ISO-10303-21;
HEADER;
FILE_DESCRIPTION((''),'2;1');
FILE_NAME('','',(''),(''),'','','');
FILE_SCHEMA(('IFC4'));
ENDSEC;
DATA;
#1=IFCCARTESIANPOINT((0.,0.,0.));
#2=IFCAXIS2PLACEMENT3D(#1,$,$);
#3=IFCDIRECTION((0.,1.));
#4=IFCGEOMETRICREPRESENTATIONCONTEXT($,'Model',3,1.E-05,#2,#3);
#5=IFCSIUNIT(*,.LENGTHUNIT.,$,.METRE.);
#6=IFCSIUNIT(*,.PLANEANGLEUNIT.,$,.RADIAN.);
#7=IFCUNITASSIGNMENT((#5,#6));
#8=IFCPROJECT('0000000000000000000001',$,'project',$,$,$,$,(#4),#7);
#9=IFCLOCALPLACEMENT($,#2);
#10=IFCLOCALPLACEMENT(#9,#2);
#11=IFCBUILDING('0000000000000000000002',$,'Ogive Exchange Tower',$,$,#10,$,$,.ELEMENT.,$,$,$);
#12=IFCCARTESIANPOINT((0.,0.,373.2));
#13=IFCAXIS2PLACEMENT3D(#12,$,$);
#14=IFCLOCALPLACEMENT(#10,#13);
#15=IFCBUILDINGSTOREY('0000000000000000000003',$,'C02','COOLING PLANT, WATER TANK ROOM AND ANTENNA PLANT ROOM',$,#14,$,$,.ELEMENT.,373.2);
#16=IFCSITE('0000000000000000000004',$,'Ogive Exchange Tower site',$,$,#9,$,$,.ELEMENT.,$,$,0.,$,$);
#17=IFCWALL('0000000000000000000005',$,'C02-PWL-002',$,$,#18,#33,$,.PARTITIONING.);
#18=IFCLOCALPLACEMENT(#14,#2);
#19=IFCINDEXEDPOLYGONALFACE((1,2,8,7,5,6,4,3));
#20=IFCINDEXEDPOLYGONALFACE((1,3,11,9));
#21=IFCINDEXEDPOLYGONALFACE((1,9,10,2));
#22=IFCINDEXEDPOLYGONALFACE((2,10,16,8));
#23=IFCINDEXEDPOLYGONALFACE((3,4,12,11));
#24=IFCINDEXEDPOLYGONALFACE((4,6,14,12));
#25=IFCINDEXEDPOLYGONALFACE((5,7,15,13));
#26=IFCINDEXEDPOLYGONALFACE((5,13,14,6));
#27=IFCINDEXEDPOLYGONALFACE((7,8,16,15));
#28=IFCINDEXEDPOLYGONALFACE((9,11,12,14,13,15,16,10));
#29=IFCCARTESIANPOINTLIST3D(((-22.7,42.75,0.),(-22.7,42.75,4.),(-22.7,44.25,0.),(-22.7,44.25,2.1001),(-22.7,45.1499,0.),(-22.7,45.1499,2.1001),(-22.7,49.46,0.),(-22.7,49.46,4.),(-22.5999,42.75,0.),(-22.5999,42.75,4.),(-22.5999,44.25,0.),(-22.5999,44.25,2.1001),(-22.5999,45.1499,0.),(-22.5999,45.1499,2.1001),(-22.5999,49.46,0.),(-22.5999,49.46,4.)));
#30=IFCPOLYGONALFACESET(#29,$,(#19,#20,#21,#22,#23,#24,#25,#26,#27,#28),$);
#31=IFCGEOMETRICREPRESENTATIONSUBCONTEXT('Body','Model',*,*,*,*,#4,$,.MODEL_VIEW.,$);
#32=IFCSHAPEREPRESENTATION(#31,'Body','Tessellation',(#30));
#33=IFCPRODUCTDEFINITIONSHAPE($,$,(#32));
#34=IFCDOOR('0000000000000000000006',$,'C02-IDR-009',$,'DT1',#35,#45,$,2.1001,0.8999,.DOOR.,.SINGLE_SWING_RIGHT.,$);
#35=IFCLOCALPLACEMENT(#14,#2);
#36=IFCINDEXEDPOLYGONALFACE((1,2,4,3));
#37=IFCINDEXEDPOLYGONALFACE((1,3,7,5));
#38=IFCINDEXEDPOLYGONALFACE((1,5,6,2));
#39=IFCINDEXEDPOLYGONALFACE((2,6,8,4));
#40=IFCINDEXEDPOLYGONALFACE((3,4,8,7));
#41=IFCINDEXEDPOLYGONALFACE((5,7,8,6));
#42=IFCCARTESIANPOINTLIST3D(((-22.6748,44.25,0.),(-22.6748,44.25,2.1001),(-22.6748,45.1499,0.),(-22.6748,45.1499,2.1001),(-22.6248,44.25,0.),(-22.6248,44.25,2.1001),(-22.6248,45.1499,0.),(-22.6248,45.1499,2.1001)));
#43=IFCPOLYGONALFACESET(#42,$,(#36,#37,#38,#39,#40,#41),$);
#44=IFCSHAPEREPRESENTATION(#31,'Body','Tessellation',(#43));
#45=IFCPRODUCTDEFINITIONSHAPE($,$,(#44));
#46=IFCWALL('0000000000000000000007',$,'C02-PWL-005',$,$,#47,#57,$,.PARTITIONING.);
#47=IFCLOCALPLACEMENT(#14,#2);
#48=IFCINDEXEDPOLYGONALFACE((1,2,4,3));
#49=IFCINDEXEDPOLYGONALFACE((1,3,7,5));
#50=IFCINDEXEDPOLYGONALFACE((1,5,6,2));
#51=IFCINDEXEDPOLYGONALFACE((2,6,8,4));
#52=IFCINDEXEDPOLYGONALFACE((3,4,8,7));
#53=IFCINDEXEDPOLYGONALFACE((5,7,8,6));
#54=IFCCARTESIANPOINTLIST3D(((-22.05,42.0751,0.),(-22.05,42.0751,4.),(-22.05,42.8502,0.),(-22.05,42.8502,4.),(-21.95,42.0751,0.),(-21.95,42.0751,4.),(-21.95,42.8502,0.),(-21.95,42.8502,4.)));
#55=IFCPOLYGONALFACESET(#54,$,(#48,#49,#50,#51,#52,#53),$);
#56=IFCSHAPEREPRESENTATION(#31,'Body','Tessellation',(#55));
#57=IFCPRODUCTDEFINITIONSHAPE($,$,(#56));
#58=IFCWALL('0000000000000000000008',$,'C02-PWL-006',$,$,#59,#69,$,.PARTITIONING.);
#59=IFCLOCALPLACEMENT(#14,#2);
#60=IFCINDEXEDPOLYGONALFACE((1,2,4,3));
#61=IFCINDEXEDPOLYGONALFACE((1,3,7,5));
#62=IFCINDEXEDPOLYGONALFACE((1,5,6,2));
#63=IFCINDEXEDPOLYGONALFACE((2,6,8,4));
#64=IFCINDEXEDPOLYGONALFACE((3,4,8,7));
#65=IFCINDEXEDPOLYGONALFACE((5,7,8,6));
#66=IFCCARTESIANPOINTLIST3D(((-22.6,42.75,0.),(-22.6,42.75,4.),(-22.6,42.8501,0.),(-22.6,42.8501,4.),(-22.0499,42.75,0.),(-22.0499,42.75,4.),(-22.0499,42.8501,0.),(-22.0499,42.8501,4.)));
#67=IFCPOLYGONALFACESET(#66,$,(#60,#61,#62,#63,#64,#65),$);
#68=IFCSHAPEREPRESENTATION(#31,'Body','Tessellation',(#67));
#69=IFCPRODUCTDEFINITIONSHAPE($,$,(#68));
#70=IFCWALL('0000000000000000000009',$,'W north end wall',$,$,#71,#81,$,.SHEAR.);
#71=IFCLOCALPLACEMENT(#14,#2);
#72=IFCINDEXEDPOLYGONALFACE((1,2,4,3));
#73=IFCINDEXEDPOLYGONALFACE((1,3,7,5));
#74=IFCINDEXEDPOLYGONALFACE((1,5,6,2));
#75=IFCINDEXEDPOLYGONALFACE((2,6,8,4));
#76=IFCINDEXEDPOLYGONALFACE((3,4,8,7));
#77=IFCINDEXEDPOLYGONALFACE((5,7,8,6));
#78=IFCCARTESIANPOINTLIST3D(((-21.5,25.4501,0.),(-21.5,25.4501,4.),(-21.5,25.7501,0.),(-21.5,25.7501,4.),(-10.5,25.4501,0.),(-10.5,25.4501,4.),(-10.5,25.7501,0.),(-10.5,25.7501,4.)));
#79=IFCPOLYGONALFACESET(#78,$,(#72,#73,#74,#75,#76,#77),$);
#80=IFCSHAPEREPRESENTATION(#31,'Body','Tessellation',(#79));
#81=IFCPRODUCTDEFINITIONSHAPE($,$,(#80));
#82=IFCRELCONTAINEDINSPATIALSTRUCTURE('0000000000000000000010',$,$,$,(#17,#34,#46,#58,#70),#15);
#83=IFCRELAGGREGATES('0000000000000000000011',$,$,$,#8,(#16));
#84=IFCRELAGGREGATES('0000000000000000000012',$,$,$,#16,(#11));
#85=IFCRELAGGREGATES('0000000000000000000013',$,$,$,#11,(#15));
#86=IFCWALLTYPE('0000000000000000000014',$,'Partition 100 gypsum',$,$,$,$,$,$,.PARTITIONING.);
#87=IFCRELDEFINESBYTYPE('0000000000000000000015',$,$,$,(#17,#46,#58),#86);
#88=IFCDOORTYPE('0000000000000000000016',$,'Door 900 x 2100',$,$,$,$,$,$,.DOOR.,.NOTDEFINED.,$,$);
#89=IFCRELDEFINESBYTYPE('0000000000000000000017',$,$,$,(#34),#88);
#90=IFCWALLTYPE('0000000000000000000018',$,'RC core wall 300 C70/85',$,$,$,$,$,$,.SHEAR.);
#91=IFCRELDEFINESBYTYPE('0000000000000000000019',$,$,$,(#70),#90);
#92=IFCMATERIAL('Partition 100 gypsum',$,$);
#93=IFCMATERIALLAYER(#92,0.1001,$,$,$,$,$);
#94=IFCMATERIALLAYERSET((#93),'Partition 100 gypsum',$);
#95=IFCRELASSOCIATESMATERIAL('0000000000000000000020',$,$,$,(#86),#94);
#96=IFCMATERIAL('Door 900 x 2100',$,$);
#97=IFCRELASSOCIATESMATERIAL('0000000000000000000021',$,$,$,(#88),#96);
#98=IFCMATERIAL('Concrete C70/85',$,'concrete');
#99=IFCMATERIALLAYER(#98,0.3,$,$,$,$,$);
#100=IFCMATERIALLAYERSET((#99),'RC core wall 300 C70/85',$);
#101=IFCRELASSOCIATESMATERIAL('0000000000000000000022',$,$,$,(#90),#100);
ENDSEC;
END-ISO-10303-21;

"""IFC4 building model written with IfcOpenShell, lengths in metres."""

from ifc_helpers import new_model, si_unit, direction, frame, frame_2d, origin, place, context, subcontext, project, spatial, rectangle, extrude, material, layer, layer_set, type_object, element, fill, save


model = new_model("IFC4")

# Units and contexts
model_context = context("Model", 3, precision=1e-05, world=origin(), true_north=direction((0.0, 1.0)))
body_context = subcontext(model_context, "Body", "Model", "MODEL_VIEW")
ifc_project = project(units=[si_unit("LENGTHUNIT", "METRE"), si_unit("PLANEANGLEUNIT", "RADIAN")], contexts=[model_context])

# Site, building, storey
site_placement = place(None, origin())
site = spatial("IfcSite", under=ifc_project, at=site_placement, Name="Ogive Exchange Tower site", CompositionType="ELEMENT", RefElevation=0.0)
building_placement = place(site_placement, origin())
building = spatial("IfcBuilding", under=site, at=building_placement, Name="Ogive Exchange Tower", CompositionType="ELEMENT")
storey_placement = place(building_placement, frame((0.0, 0.0, 373.2)))
storey = spatial("IfcBuildingStorey", under=building, at=storey_placement, Name="C02", Description="COOLING PLANT, WATER TANK ROOM AND ANTENNA PLANT ROOM", CompositionType="ELEMENT", Elevation=373.2)

# Wall, opening, door
ifc_material_1 = material(Name="Partition 100 gypsum")
ifc_layer_1 = layer(ifc_material_1, 0.1001)
ifc_layer_set_1 = layer_set([ifc_layer_1], Name="Partition 100 gypsum")
wall_type_1 = type_object("IfcWallType", Name="Partition 100 gypsum", PredefinedType="PARTITIONING", material=ifc_layer_set_1)
wall_1_placement = place(storey_placement, frame((-22.6499, 42.75, 0.0), z_axis=(0.0, 0.0, 1.0), x_axis=(0.0, 1.0, 0.0)))
wall_1 = element("IfcWall", 1, at=wall_1_placement, inside=storey, type_object=wall_type_1, Name="C02-PWL-002", PredefinedType="PARTITIONING", context=body_context, shape_type="SweptSolid", body=[
    extrude(rectangle(XDim=6.71, YDim=0.1001, at=frame_2d((3.355, 0.0))), origin(), (0.0, 0.0, 1.0), 4.0),
])
opening_1_placement = place(wall_1_placement, frame((1.5, 0.0, 0.0)))
opening_1 = element("IfcOpeningElement", 2, at=opening_1_placement, cuts=wall_1, PredefinedType="OPENING", context=body_context, shape_type="SweptSolid", body=[
    extrude(rectangle(XDim=0.8999, YDim=2.1001, at=frame_2d((0.45, 1.05))), frame((0.0, 0.0601, 0.0), z_axis=(0.0, -1.0, 0.0), x_axis=(1.0, 0.0, 0.0)), (0.0, 0.0, 1.0), 0.1201),
])
ifc_material_2 = material(Name="Door 900 x 2100")
door_type_1 = type_object("IfcDoorType", Name="Door 900 x 2100", OperationType="NOTDEFINED", PredefinedType="DOOR", material=ifc_material_2)
door_1_placement = place(opening_1_placement, origin())
door_1 = element("IfcDoor", 3, at=door_1_placement, inside=storey, type_object=door_type_1, Name="C02-IDR-009", ObjectType="DT1", OperationType="SINGLE_SWING_RIGHT", OverallHeight=2.1001, OverallWidth=0.8999, PredefinedType="DOOR", context=body_context, shape_type="SweptSolid", body=[
    extrude(rectangle(XDim=0.8999, YDim=2.1001, at=frame_2d((0.45, 1.05))), frame((0.0, 0.0249, 0.0), z_axis=(0.0, -1.0, 0.0), x_axis=(1.0, 0.0, 0.0)), (0.0, 0.0, 1.0), 0.05),
])
fill(opening_1, door_1)

# Walls
wall_2_placement = place(storey_placement, frame((-22.0, 42.075, 0.0), z_axis=(0.0, 0.0, 1.0), x_axis=(0.0, 1.0, 0.0)))
element("IfcWall", 4, at=wall_2_placement, inside=storey, type_object=wall_type_1, Name="C02-PWL-005", PredefinedType="PARTITIONING", context=body_context, shape_type="SweptSolid", body=[
    extrude(rectangle(XDim=0.7751, YDim=0.1001, at=frame_2d((0.3877, 0.0))), origin(), (0.0, 0.0, 1.0), 4.0),
])
wall_3_placement = place(storey_placement, frame((-22.05, 42.8, 0.0), z_axis=(0.0, 0.0, 1.0), x_axis=(-1.0, 0.0, 0.0)))
element("IfcWall", 5, at=wall_3_placement, inside=storey, type_object=wall_type_1, Name="C02-PWL-006", PredefinedType="PARTITIONING", context=body_context, shape_type="SweptSolid", body=[
    extrude(rectangle(XDim=0.55, YDim=0.1001, at=frame_2d((0.2749, 0.0))), origin(), (0.0, 0.0, 1.0), 4.0),
])
ifc_material_3 = material(Name="Concrete C70/85", Category="concrete")
ifc_layer_2 = layer(ifc_material_3, 0.3)
ifc_layer_set_2 = layer_set([ifc_layer_2], Name="RC core wall 300 C70/85")
wall_type_2 = type_object("IfcWallType", Name="RC core wall 300 C70/85", PredefinedType="SHEAR", material=ifc_layer_set_2)
wall_4_placement = place(storey_placement, frame((-21.5, 25.6001, 0.0), z_axis=(0.0, 0.0, 1.0), x_axis=(1.0, 0.0, 0.0)))
element("IfcWall", 6, at=wall_4_placement, inside=storey, type_object=wall_type_2, Name="W north end wall", PredefinedType="SHEAR", context=body_context, shape_type="SweptSolid", body=[
    extrude(rectangle(XDim=11.0, YDim=0.3, at=frame_2d((5.5, 0.0))), origin(), (0.0, 0.0, 1.0), 4.0),
])

save(model, "model.ifc")
